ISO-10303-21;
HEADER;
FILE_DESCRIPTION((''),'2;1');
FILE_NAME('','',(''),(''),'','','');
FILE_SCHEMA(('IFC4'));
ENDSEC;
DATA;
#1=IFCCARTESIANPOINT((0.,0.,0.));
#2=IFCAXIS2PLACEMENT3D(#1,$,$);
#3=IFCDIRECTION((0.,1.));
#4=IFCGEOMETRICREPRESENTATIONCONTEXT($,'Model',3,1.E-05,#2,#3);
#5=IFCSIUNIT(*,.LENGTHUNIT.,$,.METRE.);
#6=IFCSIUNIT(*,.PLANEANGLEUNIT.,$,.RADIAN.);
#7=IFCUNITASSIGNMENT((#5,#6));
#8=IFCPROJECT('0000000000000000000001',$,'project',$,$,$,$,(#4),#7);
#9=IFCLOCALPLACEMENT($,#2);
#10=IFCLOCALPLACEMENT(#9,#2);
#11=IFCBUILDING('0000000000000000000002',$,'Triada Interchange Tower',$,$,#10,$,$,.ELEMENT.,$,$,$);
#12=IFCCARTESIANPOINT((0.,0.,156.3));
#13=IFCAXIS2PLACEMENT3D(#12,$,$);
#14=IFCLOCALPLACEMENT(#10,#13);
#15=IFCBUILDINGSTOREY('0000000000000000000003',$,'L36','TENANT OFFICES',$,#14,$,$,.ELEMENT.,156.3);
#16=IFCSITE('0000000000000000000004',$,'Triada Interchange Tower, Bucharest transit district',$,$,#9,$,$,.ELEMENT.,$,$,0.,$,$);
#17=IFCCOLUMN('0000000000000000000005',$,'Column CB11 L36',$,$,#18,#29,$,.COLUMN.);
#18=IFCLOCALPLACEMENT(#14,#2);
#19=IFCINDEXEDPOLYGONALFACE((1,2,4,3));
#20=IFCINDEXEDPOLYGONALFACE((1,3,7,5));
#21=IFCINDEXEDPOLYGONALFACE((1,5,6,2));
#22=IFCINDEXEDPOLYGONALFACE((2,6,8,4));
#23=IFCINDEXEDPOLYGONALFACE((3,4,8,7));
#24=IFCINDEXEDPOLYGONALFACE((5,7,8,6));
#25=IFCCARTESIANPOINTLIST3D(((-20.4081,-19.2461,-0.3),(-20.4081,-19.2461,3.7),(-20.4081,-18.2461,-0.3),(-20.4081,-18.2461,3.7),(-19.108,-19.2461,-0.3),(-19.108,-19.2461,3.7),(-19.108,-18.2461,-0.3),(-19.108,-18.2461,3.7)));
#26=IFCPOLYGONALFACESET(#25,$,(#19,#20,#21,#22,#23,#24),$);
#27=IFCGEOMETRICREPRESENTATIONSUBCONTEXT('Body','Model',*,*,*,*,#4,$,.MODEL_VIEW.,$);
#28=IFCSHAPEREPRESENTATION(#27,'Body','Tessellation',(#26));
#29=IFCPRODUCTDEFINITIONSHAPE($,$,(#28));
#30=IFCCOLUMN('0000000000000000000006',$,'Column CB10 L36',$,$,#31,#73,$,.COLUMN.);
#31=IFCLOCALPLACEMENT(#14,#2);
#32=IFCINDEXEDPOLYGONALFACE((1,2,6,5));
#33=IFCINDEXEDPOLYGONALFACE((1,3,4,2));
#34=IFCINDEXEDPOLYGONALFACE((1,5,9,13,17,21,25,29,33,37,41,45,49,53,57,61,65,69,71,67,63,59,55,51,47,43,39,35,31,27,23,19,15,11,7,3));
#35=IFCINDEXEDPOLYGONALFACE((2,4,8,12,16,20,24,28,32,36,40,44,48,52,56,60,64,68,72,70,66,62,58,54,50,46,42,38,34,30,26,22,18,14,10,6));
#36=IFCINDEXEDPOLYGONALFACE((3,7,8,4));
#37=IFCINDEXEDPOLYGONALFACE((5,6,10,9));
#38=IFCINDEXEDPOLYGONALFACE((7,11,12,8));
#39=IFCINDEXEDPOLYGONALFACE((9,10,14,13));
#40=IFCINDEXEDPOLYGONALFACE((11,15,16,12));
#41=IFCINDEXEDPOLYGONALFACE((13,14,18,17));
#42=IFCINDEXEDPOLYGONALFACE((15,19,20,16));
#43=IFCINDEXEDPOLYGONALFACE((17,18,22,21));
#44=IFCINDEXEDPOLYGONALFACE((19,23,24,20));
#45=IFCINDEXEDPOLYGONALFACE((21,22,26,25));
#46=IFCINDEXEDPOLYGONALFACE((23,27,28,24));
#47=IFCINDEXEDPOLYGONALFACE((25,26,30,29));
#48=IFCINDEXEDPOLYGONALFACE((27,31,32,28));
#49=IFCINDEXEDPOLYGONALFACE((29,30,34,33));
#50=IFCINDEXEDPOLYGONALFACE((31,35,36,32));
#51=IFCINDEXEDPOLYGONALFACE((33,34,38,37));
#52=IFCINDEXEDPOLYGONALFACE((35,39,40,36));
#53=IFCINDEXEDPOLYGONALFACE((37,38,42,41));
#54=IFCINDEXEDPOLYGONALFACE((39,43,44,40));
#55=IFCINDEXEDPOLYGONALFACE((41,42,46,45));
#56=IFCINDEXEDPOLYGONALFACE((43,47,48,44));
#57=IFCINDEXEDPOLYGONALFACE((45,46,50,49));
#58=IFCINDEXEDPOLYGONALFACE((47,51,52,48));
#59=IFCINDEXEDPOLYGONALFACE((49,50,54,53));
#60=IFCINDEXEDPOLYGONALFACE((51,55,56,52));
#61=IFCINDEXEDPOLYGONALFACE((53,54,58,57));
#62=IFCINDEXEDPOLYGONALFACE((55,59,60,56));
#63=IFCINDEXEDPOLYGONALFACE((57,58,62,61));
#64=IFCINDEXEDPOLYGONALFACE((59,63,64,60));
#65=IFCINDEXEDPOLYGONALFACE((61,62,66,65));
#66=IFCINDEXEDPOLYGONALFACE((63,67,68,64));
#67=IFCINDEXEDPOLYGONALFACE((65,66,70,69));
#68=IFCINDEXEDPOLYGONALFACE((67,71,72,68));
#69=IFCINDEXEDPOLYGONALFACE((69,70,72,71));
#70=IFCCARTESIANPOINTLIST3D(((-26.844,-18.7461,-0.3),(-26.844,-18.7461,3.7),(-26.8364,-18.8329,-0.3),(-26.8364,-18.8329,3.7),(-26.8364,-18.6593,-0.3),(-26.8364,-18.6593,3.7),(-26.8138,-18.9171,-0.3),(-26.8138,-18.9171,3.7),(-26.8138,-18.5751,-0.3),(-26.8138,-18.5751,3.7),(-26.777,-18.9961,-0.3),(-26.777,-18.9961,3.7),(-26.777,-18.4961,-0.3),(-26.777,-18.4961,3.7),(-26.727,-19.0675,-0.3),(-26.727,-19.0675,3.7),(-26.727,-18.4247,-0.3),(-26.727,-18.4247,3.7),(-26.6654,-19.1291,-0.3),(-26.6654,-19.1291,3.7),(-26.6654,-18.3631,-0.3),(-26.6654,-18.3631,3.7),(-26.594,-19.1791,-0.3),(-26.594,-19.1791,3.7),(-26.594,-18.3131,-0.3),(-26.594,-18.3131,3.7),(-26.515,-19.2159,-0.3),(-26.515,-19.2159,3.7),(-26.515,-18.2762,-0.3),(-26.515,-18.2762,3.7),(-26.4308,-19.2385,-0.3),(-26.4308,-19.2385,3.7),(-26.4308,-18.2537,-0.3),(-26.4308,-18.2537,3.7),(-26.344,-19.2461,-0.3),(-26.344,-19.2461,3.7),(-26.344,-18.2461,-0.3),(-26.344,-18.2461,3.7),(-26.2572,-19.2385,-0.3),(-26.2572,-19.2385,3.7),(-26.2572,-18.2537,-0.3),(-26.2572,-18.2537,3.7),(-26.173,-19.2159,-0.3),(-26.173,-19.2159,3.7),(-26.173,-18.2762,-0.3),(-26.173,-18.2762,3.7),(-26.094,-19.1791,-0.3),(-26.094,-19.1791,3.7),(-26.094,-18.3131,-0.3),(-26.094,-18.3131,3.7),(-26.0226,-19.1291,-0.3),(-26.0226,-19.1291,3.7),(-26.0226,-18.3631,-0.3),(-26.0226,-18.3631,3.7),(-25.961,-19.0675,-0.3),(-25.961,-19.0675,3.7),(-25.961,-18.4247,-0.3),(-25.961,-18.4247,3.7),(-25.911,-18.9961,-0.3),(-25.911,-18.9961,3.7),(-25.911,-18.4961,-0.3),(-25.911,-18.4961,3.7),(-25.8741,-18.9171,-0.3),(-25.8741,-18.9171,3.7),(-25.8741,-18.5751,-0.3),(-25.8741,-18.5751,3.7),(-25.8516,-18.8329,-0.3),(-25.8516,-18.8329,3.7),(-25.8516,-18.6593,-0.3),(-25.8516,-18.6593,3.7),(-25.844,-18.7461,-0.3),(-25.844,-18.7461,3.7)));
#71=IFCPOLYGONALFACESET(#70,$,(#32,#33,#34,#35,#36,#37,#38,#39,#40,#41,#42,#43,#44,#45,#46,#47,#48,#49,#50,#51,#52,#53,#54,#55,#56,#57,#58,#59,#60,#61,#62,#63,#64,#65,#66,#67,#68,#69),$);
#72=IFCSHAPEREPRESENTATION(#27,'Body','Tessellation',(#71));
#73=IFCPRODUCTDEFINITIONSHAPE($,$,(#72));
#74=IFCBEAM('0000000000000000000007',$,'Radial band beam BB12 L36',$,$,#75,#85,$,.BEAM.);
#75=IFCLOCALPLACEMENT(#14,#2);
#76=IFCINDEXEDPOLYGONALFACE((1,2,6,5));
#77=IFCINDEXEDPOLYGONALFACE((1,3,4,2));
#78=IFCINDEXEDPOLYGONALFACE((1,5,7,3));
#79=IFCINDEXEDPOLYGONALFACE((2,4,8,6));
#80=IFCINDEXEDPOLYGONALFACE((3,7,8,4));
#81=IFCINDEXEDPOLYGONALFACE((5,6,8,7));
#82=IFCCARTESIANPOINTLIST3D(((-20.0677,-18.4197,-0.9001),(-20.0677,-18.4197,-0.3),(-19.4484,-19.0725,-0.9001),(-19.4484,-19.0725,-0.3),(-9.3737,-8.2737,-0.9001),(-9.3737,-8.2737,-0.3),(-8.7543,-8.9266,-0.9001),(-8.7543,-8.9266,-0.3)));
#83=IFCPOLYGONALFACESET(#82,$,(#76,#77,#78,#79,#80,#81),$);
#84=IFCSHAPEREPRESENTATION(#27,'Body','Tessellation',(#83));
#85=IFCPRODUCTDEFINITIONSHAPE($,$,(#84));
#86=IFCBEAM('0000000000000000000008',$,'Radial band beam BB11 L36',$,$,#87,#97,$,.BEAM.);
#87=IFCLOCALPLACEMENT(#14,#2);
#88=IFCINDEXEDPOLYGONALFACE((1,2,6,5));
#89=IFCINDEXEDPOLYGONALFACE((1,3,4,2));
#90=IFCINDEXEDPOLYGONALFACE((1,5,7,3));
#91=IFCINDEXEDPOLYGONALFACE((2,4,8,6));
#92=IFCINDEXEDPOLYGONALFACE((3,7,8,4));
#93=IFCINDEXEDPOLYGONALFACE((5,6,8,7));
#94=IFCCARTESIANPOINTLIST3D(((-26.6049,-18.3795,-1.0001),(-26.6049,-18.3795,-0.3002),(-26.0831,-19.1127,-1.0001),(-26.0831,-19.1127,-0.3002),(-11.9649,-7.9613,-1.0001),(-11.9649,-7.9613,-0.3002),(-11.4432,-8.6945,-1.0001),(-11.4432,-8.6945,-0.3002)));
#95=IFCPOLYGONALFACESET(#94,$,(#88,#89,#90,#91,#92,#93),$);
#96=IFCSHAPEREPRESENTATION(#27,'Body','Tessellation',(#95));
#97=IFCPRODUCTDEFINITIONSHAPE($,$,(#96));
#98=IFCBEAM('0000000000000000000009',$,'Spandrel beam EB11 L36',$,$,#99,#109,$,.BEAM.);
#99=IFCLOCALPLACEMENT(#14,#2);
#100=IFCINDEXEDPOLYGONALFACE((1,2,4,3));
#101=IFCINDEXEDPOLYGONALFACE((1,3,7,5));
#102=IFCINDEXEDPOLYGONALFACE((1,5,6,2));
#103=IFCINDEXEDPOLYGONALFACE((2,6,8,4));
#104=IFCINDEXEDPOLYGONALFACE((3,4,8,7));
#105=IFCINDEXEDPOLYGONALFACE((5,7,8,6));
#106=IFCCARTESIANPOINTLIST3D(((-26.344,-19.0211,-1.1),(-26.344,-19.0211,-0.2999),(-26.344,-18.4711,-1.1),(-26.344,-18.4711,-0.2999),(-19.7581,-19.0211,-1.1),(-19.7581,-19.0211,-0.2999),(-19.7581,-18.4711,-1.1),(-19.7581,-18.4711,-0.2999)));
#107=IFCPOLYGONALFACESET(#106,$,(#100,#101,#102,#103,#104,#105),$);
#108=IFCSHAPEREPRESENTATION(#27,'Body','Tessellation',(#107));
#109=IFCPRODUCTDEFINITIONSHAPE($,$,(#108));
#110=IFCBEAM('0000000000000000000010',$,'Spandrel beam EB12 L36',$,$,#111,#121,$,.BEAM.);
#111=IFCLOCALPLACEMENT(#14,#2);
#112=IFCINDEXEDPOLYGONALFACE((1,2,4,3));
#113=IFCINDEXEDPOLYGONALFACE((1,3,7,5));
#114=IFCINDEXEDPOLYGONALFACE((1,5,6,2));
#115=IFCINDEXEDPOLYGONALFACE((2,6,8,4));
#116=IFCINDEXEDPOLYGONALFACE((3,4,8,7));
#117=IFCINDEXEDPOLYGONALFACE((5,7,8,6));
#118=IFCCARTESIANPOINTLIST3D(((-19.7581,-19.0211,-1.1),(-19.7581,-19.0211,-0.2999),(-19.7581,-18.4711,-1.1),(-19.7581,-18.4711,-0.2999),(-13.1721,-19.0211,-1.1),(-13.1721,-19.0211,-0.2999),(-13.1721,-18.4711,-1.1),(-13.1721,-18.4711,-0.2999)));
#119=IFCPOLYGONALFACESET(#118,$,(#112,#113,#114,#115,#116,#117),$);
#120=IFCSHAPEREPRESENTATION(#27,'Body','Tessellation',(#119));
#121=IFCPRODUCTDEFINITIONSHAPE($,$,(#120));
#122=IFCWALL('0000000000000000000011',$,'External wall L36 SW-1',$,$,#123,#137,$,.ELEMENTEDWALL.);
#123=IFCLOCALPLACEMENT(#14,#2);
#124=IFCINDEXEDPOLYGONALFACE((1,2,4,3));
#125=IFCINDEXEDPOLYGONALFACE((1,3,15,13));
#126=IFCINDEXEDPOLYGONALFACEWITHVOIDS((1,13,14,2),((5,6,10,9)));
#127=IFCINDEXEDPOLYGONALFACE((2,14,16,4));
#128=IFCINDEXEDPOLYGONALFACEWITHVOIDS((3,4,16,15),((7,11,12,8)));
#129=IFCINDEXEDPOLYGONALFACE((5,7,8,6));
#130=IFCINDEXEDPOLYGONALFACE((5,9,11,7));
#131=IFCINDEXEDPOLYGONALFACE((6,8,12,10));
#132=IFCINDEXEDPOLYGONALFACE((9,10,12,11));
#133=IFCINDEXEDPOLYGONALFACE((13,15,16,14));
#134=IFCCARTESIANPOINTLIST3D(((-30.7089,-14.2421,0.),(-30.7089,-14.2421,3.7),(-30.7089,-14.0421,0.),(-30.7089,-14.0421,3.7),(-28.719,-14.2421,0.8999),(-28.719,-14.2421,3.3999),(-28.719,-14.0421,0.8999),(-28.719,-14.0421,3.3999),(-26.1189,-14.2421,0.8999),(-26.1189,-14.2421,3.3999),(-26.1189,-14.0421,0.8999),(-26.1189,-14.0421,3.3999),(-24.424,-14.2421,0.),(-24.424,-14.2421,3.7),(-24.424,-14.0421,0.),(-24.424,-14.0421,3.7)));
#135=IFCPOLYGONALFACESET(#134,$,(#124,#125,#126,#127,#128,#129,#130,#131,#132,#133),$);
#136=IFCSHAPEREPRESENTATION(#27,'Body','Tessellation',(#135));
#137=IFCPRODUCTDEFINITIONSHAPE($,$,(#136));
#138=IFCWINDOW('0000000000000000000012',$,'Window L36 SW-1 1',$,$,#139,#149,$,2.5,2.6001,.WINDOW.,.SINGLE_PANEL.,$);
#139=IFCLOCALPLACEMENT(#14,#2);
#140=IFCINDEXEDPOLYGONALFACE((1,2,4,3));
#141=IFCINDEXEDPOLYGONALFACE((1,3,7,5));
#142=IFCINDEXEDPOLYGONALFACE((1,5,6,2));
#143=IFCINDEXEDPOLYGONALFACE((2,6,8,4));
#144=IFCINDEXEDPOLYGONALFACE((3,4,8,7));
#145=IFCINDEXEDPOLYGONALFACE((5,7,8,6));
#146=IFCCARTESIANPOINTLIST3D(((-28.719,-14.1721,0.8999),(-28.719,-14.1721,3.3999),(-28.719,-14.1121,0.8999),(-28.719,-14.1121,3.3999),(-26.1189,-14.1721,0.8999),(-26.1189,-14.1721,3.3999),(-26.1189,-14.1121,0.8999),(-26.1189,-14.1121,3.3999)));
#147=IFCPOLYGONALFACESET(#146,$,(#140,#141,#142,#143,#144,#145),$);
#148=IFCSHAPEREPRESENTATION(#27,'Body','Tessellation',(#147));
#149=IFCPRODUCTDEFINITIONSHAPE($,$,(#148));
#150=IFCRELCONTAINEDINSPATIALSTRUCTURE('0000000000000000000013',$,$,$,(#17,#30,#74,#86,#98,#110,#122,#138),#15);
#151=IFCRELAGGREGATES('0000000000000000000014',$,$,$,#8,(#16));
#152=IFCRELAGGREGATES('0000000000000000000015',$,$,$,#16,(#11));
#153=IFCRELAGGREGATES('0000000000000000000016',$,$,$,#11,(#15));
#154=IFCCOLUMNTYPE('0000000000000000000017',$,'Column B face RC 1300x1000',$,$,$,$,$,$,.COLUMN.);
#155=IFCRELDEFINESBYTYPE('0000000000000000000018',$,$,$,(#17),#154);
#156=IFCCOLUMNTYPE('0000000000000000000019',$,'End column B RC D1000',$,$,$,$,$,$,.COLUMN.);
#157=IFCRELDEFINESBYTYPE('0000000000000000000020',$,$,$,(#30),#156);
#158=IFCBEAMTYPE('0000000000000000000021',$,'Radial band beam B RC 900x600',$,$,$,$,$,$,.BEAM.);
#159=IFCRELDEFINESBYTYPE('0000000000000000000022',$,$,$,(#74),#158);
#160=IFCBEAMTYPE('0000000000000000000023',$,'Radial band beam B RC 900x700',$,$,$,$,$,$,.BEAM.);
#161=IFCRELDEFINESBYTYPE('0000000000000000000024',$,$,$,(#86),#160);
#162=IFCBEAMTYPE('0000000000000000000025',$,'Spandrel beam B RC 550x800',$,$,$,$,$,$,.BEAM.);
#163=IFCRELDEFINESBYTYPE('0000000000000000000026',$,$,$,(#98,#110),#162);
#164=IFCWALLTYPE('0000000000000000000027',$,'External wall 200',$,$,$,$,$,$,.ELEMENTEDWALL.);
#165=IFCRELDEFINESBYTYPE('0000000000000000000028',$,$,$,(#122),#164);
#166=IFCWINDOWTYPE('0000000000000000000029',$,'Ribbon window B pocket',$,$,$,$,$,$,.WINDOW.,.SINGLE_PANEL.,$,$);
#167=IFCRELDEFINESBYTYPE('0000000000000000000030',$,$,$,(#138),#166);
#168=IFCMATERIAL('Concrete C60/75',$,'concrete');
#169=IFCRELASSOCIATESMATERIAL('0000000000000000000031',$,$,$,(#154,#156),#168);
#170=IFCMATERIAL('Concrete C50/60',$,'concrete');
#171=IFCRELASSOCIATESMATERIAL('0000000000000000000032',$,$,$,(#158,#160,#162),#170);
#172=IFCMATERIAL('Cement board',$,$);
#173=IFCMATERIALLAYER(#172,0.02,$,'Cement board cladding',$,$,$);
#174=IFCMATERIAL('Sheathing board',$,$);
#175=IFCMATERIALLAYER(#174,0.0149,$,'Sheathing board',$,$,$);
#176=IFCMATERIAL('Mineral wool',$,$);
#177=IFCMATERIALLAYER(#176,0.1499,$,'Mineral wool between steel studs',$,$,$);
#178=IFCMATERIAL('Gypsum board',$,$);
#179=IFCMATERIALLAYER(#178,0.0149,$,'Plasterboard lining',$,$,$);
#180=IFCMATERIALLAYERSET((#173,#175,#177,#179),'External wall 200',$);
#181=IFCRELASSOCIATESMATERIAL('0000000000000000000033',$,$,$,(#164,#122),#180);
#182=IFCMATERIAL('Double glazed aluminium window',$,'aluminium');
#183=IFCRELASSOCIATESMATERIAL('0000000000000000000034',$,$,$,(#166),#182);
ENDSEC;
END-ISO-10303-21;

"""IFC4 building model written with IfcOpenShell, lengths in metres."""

from ifc_helpers import new_model, si_unit, direction, frame, frame_2d, origin, origin_2d, place, context, subcontext, project, spatial, rectangle, circle, extrude, material, layer, layer_set, layer_usage, material_profile, profile_set, type_object, element, fill, save


model = new_model("IFC4")

# Units and contexts
model_context = context("Model", 3, precision=1e-05, world=origin(), true_north=direction((0.0, 1.0)))
body_context = subcontext(model_context, "Body", "Model", "MODEL_VIEW")
ifc_project = project(units=[si_unit("LENGTHUNIT", "METRE"), si_unit("PLANEANGLEUNIT", "RADIAN")], contexts=[model_context])

# Site, building, storey
site_placement = place(None, origin())
site = spatial("IfcSite", under=ifc_project, at=site_placement, Name="Triada Interchange Tower, Bucharest transit district", CompositionType="ELEMENT", RefElevation=0.0)
building_placement = place(site_placement, origin())
building = spatial("IfcBuilding", under=site, at=building_placement, Name="Triada Interchange Tower", CompositionType="ELEMENT")
storey_placement = place(building_placement, frame((0.0, 0.0, 156.3)))
storey = spatial("IfcBuildingStorey", under=building, at=storey_placement, Name="L36", Description="TENANT OFFICES", CompositionType="ELEMENT", Elevation=156.3)

# Columns
ifc_material_1 = material(Name="Concrete C60/75", Category="concrete")
ifc_material_profile_1 = material_profile(ifc_material_1, rectangle(XDim=1.3, YDim=1.0, at=origin_2d()), Name="RC 1300x1000")
ifc_profile_set_1 = profile_set([ifc_material_profile_1], Name="Concrete C60/75")
column_type_1 = type_object("IfcColumnType", Name="Column B face RC 1300x1000", PredefinedType="COLUMN", material=ifc_profile_set_1)
column_1_placement = place(storey_placement, frame((-19.7581, -18.7461, -0.3), z_axis=(0.0, 0.0, 1.0), x_axis=(1.0, 0.0, 0.0)))
element("IfcColumn", 1, at=column_1_placement, inside=storey, type_object=column_type_1, Name="Column CB11 L36", PredefinedType="COLUMN", context=body_context, shape_type="SweptSolid", body=[
    extrude(rectangle(XDim=1.3, YDim=1.0, at=origin_2d()), origin(), (0.0, 0.0, 1.0), 4.0),
])
ifc_material_profile_2 = material_profile(ifc_material_1, circle(Radius=0.5, at=origin_2d()), Name="RC D1000")
ifc_profile_set_2 = profile_set([ifc_material_profile_2], Name="Concrete C60/75")
column_type_2 = type_object("IfcColumnType", Name="End column B RC D1000", PredefinedType="COLUMN", material=ifc_profile_set_2)
column_2_placement = place(storey_placement, frame((-26.344, -18.7461, -0.3), z_axis=(0.0, 0.0, 1.0), x_axis=(1.0, 0.0, 0.0)))
element("IfcColumn", 2, at=column_2_placement, inside=storey, type_object=column_type_2, Name="Column CB10 L36", PredefinedType="COLUMN", context=body_context, shape_type="SweptSolid", body=[
    extrude(circle(Radius=0.5, at=origin_2d()), origin(), (0.0, 0.0, 1.0), 4.0),
])

# Beams
ifc_material_2 = material(Name="Concrete C50/60", Category="concrete")
ifc_material_profile_3 = material_profile(ifc_material_2, rectangle(XDim=0.8999, YDim=0.6001, at=origin_2d()), Name="RC 900x600")
ifc_profile_set_3 = profile_set([ifc_material_profile_3], Name="Concrete C50/60")
beam_type_1 = type_object("IfcBeamType", Name="Radial band beam B RC 900x600", PredefinedType="BEAM", material=ifc_profile_set_3)
beam_1_placement = place(storey_placement, frame((-19.7581, -18.7461, -0.6001), z_axis=(0.725453, 0.688272, 0.0), x_axis=(-0.688272, 0.725453, 0.0)))
element("IfcBeam", 3, at=beam_1_placement, inside=storey, type_object=beam_type_1, Name="Radial band beam BB12 L36", PredefinedType="BEAM", context=body_context, shape_type="SweptSolid", body=[
    extrude(rectangle(XDim=0.8999, YDim=0.6001, at=origin_2d()), origin(), (0.0, 0.0, 1.0), 14.7412),
])
ifc_material_profile_4 = material_profile(ifc_material_2, rectangle(XDim=0.8999, YDim=0.7, at=origin_2d()), Name="RC 900x700")
ifc_profile_set_4 = profile_set([ifc_material_profile_4], Name="Concrete C50/60")
beam_type_2 = type_object("IfcBeamType", Name="Radial band beam B RC 900x700", PredefinedType="BEAM", material=ifc_profile_set_4)
beam_2_placement = place(storey_placement, frame((-26.344, -18.7461, -0.6501), z_axis=(0.814755, 0.579805, 0.0), x_axis=(-0.579805, 0.814755, 0.0)))
element("IfcBeam", 4, at=beam_2_placement, inside=storey, type_object=beam_type_2, Name="Radial band beam BB11 L36", PredefinedType="BEAM", context=body_context, shape_type="SweptSolid", body=[
    extrude(rectangle(XDim=0.8999, YDim=0.7, at=origin_2d()), origin(), (0.0, 0.0, 1.0), 17.9685),
])
ifc_material_profile_5 = material_profile(ifc_material_2, rectangle(XDim=0.55, YDim=0.8, at=origin_2d()), Name="RC 550x800")
ifc_profile_set_5 = profile_set([ifc_material_profile_5], Name="Concrete C50/60")
beam_type_3 = type_object("IfcBeamType", Name="Spandrel beam B RC 550x800", PredefinedType="BEAM", material=ifc_profile_set_5)
for number, where, z_axis, x_axis, name in (
    (5, (-26.344, -18.7461, -0.7), (1.0, 0.0, 0.0), (0.0, 1.0, 0.0), "Spandrel beam EB11 L36"),
    (6, (-19.7581, -18.7461, -0.7), (1.0, 0.0, 0.0), (0.0, 1.0, 0.0), "Spandrel beam EB12 L36"),
):
    element("IfcBeam", number, at=place(storey_placement, frame(where, z_axis=z_axis, x_axis=x_axis)), inside=storey, type_object=beam_type_3, Name=name, PredefinedType="BEAM", context=body_context, shape_type="SweptSolid", body=[
        extrude(rectangle(XDim=0.55, YDim=0.8, at=origin_2d()), origin(), (0.0, 0.0, 1.0), 6.5859),
    ])

# Wall, opening, window
ifc_material_3 = material(Name="Cement board")
ifc_layer_1 = layer(ifc_material_3, 0.02, Name="Cement board cladding")
ifc_material_4 = material(Name="Sheathing board")
ifc_layer_2 = layer(ifc_material_4, 0.0149, Name="Sheathing board")
ifc_material_5 = material(Name="Mineral wool")
ifc_layer_3 = layer(ifc_material_5, 0.1499, Name="Mineral wool between steel studs")
ifc_material_6 = material(Name="Gypsum board")
ifc_layer_4 = layer(ifc_material_6, 0.0149, Name="Plasterboard lining")
ifc_layer_set_1 = layer_set([ifc_layer_1, ifc_layer_2, ifc_layer_3, ifc_layer_4], Name="External wall 200")
ifc_layer_usage = layer_usage(ifc_layer_set_1, "AXIS2", "POSITIVE", -0.1001)
wall_type_1 = type_object("IfcWallType", Name="External wall 200", PredefinedType="ELEMENTEDWALL", material=ifc_layer_set_1)
wall_1_placement = place(storey_placement, frame((-30.709, -14.1421, 0.0), z_axis=(0.0, 0.0, 1.0), x_axis=(1.0, 0.0, 0.0)))
wall_1 = element("IfcWall", 7, at=wall_1_placement, inside=storey, type_object=wall_type_1, material=ifc_layer_usage, Name="External wall L36 SW-1", PredefinedType="ELEMENTEDWALL", context=body_context, shape_type="SweptSolid", body=[
    extrude(rectangle(XDim=6.2849, YDim=0.2, at=frame_2d((3.1426, 0.0))), origin(), (0.0, 0.0, 1.0), 3.7),
])
opening_1_placement = place(wall_1_placement, frame((1.99, 0.0, 0.8999)))
opening_1 = element("IfcOpeningElement", 8, at=opening_1_placement, cuts=wall_1, PredefinedType="OPENING", context=body_context, shape_type="SweptSolid", body=[
    extrude(rectangle(XDim=2.6001, YDim=2.5, at=frame_2d((1.3, 1.25))), frame((0.0, 0.1099, 0.0), z_axis=(0.0, -1.0, 0.0), x_axis=(1.0, 0.0, 0.0)), (0.0, 0.0, 1.0), 0.22),
])
ifc_material_7 = material(Name="Double glazed aluminium window", Category="aluminium")
window_type_1 = type_object("IfcWindowType", Name="Ribbon window B pocket", PartitioningType="SINGLE_PANEL", PredefinedType="WINDOW", material=ifc_material_7)
window_1_placement = place(opening_1_placement, origin())
window_1 = element("IfcWindow", 9, at=window_1_placement, inside=storey, type_object=window_type_1, Name="Window L36 SW-1 1", OverallHeight=2.5, OverallWidth=2.6001, PartitioningType="SINGLE_PANEL", PredefinedType="WINDOW", context=body_context, shape_type="SweptSolid", body=[
    extrude(rectangle(XDim=2.6001, YDim=2.5, at=frame_2d((1.3, 1.25))), frame((0.0, 0.03, 0.0), z_axis=(0.0, -1.0, 0.0), x_axis=(1.0, 0.0, 0.0)), (0.0, 0.0, 1.0), 0.0601),
])
fill(opening_1, window_1)

save(model, "model.ifc")
